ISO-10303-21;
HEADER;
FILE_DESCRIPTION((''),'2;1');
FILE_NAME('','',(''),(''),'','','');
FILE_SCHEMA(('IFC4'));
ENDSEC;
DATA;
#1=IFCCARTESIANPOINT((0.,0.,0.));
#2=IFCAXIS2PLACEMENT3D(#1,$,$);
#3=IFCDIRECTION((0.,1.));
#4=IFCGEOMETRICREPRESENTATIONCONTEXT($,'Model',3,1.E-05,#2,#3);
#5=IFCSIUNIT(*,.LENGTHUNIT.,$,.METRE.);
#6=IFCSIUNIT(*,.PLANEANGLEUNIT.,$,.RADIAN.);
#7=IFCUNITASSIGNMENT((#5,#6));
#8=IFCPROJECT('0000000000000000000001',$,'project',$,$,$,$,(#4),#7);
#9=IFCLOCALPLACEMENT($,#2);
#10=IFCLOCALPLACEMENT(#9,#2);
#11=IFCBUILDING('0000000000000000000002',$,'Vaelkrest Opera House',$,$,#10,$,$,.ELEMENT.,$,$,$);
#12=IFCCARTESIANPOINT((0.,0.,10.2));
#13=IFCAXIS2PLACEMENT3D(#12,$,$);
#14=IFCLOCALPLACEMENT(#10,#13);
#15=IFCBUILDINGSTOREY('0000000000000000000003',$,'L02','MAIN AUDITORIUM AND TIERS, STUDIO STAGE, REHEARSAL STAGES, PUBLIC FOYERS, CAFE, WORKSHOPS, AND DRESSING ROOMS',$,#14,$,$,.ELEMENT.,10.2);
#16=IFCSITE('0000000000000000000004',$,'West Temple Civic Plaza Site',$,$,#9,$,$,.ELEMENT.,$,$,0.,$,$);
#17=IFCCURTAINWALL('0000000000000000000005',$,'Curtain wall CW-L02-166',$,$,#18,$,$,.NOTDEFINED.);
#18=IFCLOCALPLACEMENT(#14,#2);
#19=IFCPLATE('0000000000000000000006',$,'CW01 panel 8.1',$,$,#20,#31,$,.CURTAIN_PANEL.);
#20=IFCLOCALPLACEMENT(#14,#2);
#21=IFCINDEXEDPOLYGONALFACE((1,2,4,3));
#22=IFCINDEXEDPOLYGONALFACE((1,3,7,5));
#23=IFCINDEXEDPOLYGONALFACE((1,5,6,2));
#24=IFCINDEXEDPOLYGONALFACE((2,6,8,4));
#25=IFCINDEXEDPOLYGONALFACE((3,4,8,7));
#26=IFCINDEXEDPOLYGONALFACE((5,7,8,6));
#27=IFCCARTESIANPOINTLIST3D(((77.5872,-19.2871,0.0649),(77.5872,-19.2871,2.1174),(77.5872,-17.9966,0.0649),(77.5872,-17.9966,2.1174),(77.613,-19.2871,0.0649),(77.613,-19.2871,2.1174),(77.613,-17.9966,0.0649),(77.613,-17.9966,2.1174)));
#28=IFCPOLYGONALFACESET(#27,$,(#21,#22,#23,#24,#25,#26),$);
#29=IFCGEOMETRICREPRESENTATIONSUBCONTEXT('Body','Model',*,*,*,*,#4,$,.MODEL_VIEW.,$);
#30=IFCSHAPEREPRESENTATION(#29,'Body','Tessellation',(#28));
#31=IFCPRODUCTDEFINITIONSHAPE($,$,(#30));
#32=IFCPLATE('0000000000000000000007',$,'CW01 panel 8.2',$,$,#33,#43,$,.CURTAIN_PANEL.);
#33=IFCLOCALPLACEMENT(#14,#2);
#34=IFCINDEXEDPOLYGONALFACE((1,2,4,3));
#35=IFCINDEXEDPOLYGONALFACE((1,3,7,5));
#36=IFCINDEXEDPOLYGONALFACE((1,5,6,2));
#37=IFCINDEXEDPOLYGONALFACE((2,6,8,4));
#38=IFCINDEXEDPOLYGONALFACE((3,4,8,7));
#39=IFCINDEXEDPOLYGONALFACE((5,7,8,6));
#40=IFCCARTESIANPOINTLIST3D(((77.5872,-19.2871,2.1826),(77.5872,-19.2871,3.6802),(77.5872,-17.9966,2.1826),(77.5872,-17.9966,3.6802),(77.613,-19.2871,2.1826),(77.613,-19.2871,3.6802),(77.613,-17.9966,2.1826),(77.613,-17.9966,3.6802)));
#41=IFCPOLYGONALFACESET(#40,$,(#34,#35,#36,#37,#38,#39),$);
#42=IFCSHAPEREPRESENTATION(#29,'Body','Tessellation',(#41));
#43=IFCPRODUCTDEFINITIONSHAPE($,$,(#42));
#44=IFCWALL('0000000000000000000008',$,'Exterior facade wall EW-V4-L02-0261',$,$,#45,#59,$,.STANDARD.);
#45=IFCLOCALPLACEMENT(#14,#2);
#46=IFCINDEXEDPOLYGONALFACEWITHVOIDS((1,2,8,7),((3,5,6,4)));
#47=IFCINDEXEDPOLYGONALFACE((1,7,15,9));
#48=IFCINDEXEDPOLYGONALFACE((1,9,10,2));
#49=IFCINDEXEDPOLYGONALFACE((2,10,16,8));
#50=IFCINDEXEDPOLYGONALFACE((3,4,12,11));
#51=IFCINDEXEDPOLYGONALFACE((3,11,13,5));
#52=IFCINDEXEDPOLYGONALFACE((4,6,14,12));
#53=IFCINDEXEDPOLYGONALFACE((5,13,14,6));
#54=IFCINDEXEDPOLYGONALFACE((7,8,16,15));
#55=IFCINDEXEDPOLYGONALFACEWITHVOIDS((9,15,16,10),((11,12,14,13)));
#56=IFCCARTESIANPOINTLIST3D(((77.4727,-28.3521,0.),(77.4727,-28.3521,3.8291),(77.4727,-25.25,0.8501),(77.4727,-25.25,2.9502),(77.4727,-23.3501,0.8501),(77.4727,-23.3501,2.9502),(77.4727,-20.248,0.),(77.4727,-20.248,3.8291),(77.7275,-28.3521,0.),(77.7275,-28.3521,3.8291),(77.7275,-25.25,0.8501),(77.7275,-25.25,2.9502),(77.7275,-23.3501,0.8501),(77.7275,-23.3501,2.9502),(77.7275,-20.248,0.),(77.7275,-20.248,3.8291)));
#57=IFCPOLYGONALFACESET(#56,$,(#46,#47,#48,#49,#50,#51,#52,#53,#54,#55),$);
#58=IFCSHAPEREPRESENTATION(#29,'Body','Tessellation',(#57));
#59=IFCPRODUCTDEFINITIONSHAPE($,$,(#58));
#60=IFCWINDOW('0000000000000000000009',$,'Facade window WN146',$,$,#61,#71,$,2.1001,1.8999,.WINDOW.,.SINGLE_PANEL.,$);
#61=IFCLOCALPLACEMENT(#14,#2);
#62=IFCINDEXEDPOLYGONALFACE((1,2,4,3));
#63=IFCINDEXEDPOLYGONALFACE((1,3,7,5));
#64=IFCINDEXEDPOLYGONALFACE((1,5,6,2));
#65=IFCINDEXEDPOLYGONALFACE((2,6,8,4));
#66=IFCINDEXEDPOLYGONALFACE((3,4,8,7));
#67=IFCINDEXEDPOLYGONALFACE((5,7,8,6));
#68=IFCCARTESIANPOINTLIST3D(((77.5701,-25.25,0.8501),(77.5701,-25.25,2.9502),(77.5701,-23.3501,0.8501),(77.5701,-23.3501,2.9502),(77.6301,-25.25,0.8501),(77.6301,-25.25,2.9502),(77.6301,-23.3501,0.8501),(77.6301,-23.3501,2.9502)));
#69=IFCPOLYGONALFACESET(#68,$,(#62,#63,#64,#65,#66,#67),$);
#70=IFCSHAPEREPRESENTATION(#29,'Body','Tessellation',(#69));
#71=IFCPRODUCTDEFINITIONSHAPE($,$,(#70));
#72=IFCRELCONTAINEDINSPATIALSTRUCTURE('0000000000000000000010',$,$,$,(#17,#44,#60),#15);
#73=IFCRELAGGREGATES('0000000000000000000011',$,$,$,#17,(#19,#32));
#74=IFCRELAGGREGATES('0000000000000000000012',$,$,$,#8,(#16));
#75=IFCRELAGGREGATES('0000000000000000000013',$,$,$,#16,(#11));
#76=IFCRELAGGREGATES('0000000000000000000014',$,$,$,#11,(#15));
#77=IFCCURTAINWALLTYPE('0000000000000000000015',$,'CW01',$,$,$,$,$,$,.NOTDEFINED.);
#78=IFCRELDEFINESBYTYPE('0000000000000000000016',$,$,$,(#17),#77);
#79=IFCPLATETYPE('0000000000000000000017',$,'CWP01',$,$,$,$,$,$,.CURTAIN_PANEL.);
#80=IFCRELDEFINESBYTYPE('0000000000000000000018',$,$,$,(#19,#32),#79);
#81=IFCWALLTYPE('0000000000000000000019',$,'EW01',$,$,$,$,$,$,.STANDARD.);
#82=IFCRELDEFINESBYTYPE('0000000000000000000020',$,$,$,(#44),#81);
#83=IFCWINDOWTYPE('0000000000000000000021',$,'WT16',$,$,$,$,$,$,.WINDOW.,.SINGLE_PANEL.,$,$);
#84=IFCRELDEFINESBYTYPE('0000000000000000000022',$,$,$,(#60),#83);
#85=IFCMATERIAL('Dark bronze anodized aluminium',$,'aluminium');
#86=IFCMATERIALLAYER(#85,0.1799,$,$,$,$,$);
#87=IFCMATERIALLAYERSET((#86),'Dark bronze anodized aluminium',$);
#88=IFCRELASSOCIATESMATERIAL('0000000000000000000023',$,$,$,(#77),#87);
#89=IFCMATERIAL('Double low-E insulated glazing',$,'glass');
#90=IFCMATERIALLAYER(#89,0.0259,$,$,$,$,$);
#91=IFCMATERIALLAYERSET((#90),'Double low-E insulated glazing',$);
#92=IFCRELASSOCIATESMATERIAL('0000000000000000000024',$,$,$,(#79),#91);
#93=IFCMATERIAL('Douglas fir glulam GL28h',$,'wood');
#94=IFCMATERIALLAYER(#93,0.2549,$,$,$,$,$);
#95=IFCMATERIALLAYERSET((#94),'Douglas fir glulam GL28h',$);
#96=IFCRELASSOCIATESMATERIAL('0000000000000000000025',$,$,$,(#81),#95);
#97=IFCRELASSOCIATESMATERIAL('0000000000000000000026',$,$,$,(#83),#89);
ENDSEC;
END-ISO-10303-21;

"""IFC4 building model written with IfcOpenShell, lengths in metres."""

from ifc_helpers import new_model, si_unit, direction, frame, frame_2d, origin, origin_2d, place, context, subcontext, project, spatial, rectangle, extrude, material, layer, layer_set, type_object, element, fill, aggregate, save


model = new_model("IFC4")

# Units and contexts
model_context = context("Model", 3, precision=1e-05, world=origin(), true_north=direction((0.0, 1.0)))
body_context = subcontext(model_context, "Body", "Model", "MODEL_VIEW")
ifc_project = project(units=[si_unit("LENGTHUNIT", "METRE"), si_unit("PLANEANGLEUNIT", "RADIAN")], contexts=[model_context])

# Site, building, storey
site_placement = place(None, origin())
site = spatial("IfcSite", under=ifc_project, at=site_placement, Name="West Temple Civic Plaza Site", CompositionType="ELEMENT", RefElevation=0.0)
building_placement = place(site_placement, origin())
building = spatial("IfcBuilding", under=site, at=building_placement, Name="Vaelkrest Opera House", CompositionType="ELEMENT")
storey_placement = place(building_placement, frame((0.0, 0.0, 10.2)))
storey = spatial("IfcBuildingStorey", under=building, at=storey_placement, Name="L02", Description="MAIN AUDITORIUM AND TIERS, STUDIO STAGE, REHEARSAL STAGES, PUBLIC FOYERS, CAFE, WORKSHOPS, AND DRESSING ROOMS", CompositionType="ELEMENT", Elevation=10.2)

# Curtain wall
ifc_material_1 = material(Name="Dark bronze anodized aluminium", Category="aluminium")
ifc_layer_1 = layer(ifc_material_1, 0.1799)
ifc_layer_set_1 = layer_set([ifc_layer_1], Name="Dark bronze anodized aluminium")
curtain_wall_type = type_object("IfcCurtainWallType", Name="CW01", PredefinedType="NOTDEFINED", material=ifc_layer_set_1)
curtain_wall_placement = place(storey_placement, origin())
curtain_wall = element("IfcCurtainWall", 1, at=curtain_wall_placement, inside=storey, type_object=curtain_wall_type, Name="Curtain wall CW-L02-166", PredefinedType="NOTDEFINED")

# Plates
ifc_material_2 = material(Name="Double low-E insulated glazing", Category="glass")
ifc_layer_2 = layer(ifc_material_2, 0.0259)
ifc_layer_set_2 = layer_set([ifc_layer_2], Name="Double low-E insulated glazing")
plate_type = type_object("IfcPlateType", Name="CWP01", PredefinedType="CURTAIN_PANEL", material=ifc_layer_set_2)
plate_1_placement = place(storey_placement, frame((77.6001, -18.6418, 0.0649), z_axis=(0.0, 0.0, 1.0), x_axis=(0.0, -1.0, 0.0)))
plate_1 = element("IfcPlate", 2, at=plate_1_placement, type_object=plate_type, Name="CW01 panel 8.1", PredefinedType="CURTAIN_PANEL", context=body_context, shape_type="SweptSolid", body=[
    extrude(rectangle(XDim=1.2905, YDim=0.0259, at=origin_2d()), origin(), (0.0, 0.0, 1.0), 2.0525),
])
plate_2_placement = place(storey_placement, frame((77.6001, -18.6418, 2.1826), z_axis=(0.0, 0.0, 1.0), x_axis=(0.0, -1.0, 0.0)))
plate_2 = element("IfcPlate", 3, at=plate_2_placement, type_object=plate_type, Name="CW01 panel 8.2", PredefinedType="CURTAIN_PANEL", context=body_context, shape_type="SweptSolid", body=[
    extrude(rectangle(XDim=1.2905, YDim=0.0259, at=origin_2d()), origin(), (0.0, 0.0, 1.0), 1.4976),
])
aggregate(curtain_wall, [plate_1, plate_2])

# Wall, opening, window
ifc_material_3 = material(Name="Douglas fir glulam GL28h", Category="wood")
ifc_layer_3 = layer(ifc_material_3, 0.2549)
ifc_layer_set_3 = layer_set([ifc_layer_3], Name="Douglas fir glulam GL28h")
wall_type = type_object("IfcWallType", Name="EW01", PredefinedType="STANDARD", material=ifc_layer_set_3)
wall_placement = place(storey_placement, frame((77.6001, -20.248, 0.0), z_axis=(0.0, 0.0, 1.0), x_axis=(0.0, -1.0, 0.0)))
wall = element("IfcWall", 4, at=wall_placement, inside=storey, type_object=wall_type, Name="Exterior facade wall EW-V4-L02-0261", PredefinedType="STANDARD", context=body_context, shape_type="SweptSolid", body=[
    extrude(rectangle(XDim=8.104, YDim=0.2549, at=frame_2d((4.052, 0.0))), origin(), (0.0, 0.0, 1.0), 3.8291),
])
opening_placement = place(wall_placement, frame((3.1021, 0.0, 0.8501)))
opening = element("IfcOpeningElement", 5, at=opening_placement, cuts=wall, PredefinedType="OPENING", context=body_context, shape_type="SweptSolid", body=[
    extrude(rectangle(XDim=1.8999, YDim=2.1001, at=frame_2d((0.95, 1.05))), frame((0.0, 0.1375, 0.0), z_axis=(0.0, -1.0, 0.0), x_axis=(1.0, 0.0, 0.0)), (0.0, 0.0, 1.0), 0.2749),
])
window_type = type_object("IfcWindowType", Name="WT16", PartitioningType="SINGLE_PANEL", PredefinedType="WINDOW", material=ifc_material_2)
window_placement = place(opening_placement, origin())
window = element("IfcWindow", 6, at=window_placement, inside=storey, type_object=window_type, Name="Facade window WN146", OverallHeight=2.1001, OverallWidth=1.8999, PartitioningType="SINGLE_PANEL", PredefinedType="WINDOW", context=body_context, shape_type="SweptSolid", body=[
    extrude(rectangle(XDim=1.8999, YDim=2.1001, at=frame_2d((0.95, 1.05))), frame((0.0, 0.03, 0.0), z_axis=(0.0, -1.0, 0.0), x_axis=(1.0, 0.0, 0.0)), (0.0, 0.0, 1.0), 0.0601),
])
fill(opening, window)

save(model, "model.ifc")
